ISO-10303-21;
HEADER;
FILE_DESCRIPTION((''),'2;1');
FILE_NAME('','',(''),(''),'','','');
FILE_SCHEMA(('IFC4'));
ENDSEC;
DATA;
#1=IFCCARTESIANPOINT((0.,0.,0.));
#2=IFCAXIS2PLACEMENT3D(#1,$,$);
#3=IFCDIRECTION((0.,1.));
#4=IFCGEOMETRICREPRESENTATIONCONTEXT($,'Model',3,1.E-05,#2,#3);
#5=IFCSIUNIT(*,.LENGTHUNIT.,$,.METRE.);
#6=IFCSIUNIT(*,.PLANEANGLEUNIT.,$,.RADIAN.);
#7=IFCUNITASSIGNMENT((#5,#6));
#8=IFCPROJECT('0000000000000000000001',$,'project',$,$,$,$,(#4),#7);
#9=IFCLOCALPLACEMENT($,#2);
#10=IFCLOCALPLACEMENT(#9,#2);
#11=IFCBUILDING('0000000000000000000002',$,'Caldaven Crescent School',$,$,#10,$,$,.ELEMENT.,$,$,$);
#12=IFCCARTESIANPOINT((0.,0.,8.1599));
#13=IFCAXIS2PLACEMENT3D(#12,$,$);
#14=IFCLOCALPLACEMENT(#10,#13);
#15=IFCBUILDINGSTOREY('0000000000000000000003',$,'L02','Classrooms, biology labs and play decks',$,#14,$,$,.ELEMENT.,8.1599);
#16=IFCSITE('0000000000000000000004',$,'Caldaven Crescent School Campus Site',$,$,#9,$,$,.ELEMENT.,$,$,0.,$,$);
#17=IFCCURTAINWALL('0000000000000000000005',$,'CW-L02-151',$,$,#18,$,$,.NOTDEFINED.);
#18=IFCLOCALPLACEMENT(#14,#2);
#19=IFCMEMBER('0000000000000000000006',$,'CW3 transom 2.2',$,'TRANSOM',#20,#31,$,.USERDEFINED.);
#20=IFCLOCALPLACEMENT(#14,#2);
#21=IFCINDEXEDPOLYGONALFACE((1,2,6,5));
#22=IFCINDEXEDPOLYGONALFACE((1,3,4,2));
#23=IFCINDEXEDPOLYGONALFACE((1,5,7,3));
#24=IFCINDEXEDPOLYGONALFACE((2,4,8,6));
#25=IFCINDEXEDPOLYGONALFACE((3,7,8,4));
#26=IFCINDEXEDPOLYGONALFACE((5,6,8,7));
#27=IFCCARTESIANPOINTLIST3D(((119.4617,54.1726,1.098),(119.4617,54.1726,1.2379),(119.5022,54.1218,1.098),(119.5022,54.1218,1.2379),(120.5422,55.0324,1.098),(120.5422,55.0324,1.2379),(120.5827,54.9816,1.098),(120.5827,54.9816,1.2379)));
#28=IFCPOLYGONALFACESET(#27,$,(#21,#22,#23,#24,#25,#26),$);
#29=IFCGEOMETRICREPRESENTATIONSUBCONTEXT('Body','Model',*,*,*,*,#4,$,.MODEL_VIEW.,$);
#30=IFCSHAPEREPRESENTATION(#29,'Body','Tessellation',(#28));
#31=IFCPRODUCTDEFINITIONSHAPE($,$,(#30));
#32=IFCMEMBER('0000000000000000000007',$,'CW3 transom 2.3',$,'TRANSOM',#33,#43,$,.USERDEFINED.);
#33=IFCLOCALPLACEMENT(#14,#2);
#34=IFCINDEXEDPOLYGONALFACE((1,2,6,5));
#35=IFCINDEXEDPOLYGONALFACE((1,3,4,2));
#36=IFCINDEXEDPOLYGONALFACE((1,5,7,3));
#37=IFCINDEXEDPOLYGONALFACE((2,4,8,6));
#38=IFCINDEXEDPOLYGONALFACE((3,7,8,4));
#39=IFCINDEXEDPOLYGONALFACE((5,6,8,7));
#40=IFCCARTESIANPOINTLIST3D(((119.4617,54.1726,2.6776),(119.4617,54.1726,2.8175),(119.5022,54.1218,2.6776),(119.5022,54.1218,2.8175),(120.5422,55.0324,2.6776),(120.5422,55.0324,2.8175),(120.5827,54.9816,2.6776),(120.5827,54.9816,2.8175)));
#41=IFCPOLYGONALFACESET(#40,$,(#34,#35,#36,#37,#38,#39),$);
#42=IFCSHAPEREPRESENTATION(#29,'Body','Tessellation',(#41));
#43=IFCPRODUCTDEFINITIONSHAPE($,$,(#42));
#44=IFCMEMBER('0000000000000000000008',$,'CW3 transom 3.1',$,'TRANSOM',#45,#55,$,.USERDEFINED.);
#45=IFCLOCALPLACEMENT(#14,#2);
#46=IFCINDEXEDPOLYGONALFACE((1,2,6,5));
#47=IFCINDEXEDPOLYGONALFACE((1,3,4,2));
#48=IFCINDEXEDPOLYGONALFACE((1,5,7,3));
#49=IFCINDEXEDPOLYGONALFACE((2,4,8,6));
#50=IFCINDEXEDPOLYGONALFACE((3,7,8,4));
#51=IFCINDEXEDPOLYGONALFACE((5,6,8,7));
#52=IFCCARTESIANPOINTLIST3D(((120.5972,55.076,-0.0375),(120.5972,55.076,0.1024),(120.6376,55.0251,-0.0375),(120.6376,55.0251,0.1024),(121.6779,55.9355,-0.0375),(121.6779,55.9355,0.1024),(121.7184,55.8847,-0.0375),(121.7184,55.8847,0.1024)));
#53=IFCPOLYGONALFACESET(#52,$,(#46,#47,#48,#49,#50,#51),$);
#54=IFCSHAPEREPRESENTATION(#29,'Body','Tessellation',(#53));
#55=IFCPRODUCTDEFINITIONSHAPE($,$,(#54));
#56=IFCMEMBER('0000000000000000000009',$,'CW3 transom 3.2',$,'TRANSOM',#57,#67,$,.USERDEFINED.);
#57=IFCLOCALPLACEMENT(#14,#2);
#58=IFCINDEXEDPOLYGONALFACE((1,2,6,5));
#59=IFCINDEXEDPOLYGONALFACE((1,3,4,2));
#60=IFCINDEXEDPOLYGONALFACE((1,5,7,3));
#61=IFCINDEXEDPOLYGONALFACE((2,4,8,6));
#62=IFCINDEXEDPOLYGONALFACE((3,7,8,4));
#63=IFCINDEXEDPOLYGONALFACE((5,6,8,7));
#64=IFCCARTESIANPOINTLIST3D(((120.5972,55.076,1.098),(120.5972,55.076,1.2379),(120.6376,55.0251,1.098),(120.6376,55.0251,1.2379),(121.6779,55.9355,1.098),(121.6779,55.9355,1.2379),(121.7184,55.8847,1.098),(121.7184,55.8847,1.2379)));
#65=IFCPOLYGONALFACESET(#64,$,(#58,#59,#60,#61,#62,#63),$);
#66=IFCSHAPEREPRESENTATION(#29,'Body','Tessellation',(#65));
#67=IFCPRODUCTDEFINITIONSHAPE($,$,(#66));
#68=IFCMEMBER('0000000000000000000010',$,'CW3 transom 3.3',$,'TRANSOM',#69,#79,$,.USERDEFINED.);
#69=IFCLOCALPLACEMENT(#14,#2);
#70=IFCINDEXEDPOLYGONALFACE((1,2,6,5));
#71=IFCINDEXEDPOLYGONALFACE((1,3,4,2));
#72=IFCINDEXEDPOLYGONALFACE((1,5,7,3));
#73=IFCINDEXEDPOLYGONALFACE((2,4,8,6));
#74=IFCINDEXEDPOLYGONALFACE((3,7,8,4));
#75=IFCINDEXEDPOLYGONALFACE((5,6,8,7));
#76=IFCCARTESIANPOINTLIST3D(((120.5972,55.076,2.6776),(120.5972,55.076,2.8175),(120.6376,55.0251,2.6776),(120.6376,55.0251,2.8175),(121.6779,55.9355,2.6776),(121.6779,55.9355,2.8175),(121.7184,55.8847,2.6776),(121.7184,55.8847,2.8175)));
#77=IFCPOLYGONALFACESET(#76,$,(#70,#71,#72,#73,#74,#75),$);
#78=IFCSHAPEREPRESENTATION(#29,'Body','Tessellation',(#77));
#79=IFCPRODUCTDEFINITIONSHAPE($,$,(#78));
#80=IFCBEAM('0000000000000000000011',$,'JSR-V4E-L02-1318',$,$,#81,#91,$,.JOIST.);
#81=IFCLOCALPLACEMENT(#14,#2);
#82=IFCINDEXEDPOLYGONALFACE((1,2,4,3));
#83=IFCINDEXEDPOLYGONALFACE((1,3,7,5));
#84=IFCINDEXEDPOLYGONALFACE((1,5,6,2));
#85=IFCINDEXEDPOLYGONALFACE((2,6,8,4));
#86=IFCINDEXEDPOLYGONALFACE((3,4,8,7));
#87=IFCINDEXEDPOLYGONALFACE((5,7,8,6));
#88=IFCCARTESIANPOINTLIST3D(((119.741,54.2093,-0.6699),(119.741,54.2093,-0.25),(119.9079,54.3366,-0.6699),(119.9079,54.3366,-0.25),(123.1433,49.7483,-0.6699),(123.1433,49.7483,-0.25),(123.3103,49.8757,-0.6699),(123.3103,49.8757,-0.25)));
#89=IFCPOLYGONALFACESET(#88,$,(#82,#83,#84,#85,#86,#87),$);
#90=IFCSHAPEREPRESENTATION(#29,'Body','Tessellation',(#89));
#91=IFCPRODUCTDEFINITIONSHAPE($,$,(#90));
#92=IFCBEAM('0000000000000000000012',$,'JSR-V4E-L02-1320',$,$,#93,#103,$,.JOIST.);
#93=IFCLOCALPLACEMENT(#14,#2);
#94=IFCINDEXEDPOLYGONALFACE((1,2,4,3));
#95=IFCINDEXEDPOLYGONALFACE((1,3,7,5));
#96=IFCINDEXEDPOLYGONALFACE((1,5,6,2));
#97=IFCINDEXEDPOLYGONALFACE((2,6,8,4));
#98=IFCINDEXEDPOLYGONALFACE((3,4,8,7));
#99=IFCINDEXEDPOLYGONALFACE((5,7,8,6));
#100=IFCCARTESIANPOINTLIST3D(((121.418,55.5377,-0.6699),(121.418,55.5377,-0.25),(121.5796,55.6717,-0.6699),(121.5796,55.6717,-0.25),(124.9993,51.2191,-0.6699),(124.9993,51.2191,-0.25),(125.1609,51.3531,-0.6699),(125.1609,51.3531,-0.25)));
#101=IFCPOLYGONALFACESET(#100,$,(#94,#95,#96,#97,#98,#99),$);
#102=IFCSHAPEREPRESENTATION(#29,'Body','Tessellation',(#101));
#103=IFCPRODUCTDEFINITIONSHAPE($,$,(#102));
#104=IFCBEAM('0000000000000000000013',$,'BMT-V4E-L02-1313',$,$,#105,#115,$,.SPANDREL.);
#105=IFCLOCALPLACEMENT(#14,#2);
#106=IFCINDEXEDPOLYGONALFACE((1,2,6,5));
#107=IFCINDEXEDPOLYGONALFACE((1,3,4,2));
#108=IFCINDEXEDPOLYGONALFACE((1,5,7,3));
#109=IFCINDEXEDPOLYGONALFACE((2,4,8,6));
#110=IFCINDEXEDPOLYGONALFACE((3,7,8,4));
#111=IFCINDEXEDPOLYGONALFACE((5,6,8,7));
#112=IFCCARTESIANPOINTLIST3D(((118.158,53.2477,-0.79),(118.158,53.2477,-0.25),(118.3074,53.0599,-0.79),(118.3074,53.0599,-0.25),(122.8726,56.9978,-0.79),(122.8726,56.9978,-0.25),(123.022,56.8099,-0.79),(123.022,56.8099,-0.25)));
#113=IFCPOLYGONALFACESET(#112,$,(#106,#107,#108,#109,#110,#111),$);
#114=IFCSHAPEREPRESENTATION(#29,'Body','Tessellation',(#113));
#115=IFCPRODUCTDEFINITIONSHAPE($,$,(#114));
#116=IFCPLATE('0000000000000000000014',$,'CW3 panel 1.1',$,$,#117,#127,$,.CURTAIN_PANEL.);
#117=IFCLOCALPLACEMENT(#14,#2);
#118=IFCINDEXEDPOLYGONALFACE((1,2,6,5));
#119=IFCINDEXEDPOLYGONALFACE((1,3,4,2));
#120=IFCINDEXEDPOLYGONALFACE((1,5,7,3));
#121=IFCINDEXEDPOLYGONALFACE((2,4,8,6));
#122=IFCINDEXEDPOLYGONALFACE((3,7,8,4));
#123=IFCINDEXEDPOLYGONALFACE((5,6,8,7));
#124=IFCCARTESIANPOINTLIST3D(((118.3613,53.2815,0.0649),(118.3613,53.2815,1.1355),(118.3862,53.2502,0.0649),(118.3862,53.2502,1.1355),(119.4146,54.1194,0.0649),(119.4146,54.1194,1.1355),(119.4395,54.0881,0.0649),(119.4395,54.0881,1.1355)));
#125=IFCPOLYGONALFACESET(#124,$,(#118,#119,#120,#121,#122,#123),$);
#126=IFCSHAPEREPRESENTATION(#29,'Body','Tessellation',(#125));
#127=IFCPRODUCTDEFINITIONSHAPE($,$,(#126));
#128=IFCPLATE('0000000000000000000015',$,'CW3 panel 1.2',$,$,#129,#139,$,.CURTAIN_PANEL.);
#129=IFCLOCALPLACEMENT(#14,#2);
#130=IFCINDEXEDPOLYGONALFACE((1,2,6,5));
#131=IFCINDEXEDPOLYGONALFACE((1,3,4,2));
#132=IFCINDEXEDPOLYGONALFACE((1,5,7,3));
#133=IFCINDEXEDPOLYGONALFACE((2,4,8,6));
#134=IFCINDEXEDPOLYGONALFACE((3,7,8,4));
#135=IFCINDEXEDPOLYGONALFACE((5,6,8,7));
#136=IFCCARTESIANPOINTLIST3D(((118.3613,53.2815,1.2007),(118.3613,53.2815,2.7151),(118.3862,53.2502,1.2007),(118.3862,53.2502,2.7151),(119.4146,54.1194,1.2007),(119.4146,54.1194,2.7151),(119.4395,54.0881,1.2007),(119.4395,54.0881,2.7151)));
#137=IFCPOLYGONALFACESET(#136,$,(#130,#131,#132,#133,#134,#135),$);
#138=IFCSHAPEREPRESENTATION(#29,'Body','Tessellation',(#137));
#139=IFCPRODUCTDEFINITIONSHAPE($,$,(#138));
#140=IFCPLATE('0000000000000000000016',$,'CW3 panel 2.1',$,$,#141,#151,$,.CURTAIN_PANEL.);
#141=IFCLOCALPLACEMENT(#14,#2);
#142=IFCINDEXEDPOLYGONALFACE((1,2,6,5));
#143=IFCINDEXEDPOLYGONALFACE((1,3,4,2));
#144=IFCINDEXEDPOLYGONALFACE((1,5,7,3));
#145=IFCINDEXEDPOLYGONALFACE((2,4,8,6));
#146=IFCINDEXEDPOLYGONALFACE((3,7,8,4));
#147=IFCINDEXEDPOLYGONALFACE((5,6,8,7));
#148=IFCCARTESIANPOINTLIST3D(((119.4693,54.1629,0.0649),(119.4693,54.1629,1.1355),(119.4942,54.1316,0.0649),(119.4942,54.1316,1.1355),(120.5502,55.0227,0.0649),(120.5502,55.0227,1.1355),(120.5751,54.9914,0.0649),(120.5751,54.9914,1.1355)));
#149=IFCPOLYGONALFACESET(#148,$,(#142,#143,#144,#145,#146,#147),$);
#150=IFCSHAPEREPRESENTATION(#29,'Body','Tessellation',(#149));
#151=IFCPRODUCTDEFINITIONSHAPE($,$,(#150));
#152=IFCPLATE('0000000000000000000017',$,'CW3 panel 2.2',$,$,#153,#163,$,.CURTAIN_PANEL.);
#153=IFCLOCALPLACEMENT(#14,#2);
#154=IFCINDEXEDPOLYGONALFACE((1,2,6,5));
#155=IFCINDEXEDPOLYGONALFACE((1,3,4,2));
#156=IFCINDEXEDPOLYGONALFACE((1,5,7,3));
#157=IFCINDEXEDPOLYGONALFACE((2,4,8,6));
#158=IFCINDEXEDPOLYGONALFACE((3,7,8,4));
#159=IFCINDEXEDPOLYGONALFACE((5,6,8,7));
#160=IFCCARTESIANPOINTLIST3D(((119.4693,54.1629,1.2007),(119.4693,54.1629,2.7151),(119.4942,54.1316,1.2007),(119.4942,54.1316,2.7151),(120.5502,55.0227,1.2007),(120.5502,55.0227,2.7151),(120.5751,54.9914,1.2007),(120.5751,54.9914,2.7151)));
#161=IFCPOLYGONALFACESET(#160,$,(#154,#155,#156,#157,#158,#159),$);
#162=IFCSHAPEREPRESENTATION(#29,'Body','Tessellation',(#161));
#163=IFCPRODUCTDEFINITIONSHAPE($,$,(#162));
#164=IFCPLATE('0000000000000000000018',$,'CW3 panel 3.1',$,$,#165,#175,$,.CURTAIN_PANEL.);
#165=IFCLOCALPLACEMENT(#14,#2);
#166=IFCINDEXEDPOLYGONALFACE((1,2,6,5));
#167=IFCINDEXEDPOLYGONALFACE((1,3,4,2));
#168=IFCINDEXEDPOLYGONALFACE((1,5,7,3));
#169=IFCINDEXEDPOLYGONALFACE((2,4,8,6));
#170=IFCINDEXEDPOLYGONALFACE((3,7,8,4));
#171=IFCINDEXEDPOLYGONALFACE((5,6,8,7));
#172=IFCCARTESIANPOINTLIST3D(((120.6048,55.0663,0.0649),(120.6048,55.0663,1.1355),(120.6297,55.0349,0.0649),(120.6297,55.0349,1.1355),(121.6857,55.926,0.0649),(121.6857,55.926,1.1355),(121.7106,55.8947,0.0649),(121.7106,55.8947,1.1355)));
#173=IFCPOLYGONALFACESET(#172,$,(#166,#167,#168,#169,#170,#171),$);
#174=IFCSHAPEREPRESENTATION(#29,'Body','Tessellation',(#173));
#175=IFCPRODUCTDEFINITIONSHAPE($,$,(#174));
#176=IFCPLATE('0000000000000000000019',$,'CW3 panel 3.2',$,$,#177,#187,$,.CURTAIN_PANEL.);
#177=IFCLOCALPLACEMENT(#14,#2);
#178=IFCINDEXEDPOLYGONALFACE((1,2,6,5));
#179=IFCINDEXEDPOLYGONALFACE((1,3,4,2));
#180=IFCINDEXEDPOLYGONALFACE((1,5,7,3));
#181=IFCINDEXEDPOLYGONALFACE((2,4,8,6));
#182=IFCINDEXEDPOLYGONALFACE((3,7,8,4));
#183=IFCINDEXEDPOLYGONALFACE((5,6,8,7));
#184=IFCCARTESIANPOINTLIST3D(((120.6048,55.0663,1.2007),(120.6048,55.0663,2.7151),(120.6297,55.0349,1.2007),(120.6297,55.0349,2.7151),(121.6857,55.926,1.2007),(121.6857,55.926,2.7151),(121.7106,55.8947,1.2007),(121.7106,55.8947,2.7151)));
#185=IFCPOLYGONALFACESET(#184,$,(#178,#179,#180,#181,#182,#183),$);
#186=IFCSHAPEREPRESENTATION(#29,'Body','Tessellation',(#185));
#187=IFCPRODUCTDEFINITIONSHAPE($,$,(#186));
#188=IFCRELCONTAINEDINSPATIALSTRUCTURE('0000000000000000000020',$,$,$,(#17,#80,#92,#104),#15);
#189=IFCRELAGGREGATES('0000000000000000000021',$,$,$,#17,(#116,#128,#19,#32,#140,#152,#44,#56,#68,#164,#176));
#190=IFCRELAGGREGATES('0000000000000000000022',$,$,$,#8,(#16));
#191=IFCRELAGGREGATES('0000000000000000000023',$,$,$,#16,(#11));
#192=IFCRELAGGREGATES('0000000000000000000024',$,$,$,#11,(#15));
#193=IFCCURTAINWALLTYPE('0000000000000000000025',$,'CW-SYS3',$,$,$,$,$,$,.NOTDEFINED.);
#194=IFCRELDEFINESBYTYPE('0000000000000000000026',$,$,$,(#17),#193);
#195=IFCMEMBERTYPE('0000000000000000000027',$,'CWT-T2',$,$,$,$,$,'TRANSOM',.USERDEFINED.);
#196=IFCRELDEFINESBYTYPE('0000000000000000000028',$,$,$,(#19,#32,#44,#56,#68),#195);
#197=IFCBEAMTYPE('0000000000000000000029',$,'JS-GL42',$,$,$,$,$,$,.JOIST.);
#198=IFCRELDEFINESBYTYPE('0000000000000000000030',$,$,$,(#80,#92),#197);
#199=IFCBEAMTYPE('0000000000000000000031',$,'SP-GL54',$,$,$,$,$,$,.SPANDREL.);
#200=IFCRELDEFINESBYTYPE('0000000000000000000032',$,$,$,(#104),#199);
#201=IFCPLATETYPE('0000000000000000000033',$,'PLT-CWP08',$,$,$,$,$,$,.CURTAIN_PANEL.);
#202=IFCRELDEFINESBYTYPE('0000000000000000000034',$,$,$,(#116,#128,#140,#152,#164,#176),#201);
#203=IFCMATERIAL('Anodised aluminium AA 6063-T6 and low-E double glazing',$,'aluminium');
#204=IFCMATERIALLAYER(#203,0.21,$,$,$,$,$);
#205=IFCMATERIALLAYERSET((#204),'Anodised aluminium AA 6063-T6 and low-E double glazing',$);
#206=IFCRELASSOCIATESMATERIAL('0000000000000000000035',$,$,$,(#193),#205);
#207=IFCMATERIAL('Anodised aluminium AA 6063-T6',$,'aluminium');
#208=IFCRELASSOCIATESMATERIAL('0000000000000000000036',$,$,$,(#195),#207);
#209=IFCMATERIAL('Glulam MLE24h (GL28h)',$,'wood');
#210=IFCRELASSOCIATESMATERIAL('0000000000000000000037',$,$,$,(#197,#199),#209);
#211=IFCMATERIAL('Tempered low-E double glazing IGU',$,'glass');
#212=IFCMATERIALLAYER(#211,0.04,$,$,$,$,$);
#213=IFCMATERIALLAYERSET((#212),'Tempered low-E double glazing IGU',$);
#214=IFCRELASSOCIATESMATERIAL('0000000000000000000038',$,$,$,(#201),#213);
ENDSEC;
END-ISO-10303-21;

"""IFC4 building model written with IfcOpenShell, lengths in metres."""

from ifc_helpers import new_model, si_unit, direction, frame, origin, origin_2d, place, context, subcontext, project, spatial, rectangle, extrude, material, layer, layer_set, material_profile, profile_set, type_object, element, aggregate, save


model = new_model("IFC4")

# Units and contexts
model_context = context("Model", 3, precision=1e-05, world=origin(), true_north=direction((0.0, 1.0)))
body_context = subcontext(model_context, "Body", "Model", "MODEL_VIEW")
ifc_project = project(units=[si_unit("LENGTHUNIT", "METRE"), si_unit("PLANEANGLEUNIT", "RADIAN")], contexts=[model_context])

# Site, building, storey
site_placement = place(None, origin())
site = spatial("IfcSite", under=ifc_project, at=site_placement, Name="Caldaven Crescent School Campus Site", CompositionType="ELEMENT", RefElevation=0.0)
building_placement = place(site_placement, origin())
building = spatial("IfcBuilding", under=site, at=building_placement, Name="Caldaven Crescent School", CompositionType="ELEMENT")
storey_placement = place(building_placement, frame((0.0, 0.0, 8.1599)))
storey = spatial("IfcBuildingStorey", under=building, at=storey_placement, Name="L02", Description="Classrooms, biology labs and play decks", CompositionType="ELEMENT", Elevation=8.1599)

# Shared definitions
ifc_material_1 = material(Name="Glulam MLE24h (GL28h)", Category="wood")

# Curtain wall, members
ifc_material_2 = material(Name="Anodised aluminium AA 6063-T6 and low-E double glazing", Category="aluminium")
ifc_layer_1 = layer(ifc_material_2, 0.21)
ifc_layer_set_1 = layer_set([ifc_layer_1], Name="Anodised aluminium AA 6063-T6 and low-E double glazing")
curtain_wall_type = type_object("IfcCurtainWallType", Name="CW-SYS3", PredefinedType="NOTDEFINED", material=ifc_layer_set_1)
curtain_wall_placement = place(storey_placement, origin())
curtain_wall = element("IfcCurtainWall", 1, at=curtain_wall_placement, inside=storey, type_object=curtain_wall_type, Name="CW-L02-151", PredefinedType="NOTDEFINED")
ifc_material_3 = material(Name="Anodised aluminium AA 6063-T6", Category="aluminium")
ifc_material_profile_1 = material_profile(ifc_material_3, rectangle(XDim=0.0649, YDim=0.1399, at=origin_2d()), Name="CWT 65x140")
ifc_profile_set_1 = profile_set([ifc_material_profile_1], Name="Anodised aluminium AA 6063-T6")
member_type_1 = type_object("IfcMemberType", Name="CWT-T2", ElementType="TRANSOM", PredefinedType="USERDEFINED", material=ifc_profile_set_1)
member_1_placement = place(storey_placement, frame((119.4819, 54.1472, 1.168), z_axis=(0.782488, 0.622666, 0.0), x_axis=(-0.622666, 0.782488, 0.0)))
member_1 = element("IfcMember", 2, at=member_1_placement, type_object=member_type_1, Name="CW3 transom 2.2", ObjectType="TRANSOM", PredefinedType="USERDEFINED", context=body_context, shape_type="SweptSolid", body=[
    extrude(rectangle(XDim=0.0649, YDim=0.1399, at=origin_2d()), origin(), (0.0, 0.0, 1.0), 1.3809),
])
member_2_placement = place(storey_placement, frame((119.4819, 54.1472, 2.7476), z_axis=(0.782488, 0.622666, 0.0), x_axis=(-0.622666, 0.782488, 0.0)))
member_2 = element("IfcMember", 3, at=member_2_placement, type_object=member_type_1, Name="CW3 transom 2.3", ObjectType="TRANSOM", PredefinedType="USERDEFINED", context=body_context, shape_type="SweptSolid", body=[
    extrude(rectangle(XDim=0.0649, YDim=0.1399, at=origin_2d()), origin(), (0.0, 0.0, 1.0), 1.3809),
])
member_3_placement = place(storey_placement, frame((120.6174, 55.0505, 0.0325), z_axis=(0.782642, 0.622472, 0.0), x_axis=(-0.622472, 0.782642, 0.0)))
member_3 = element("IfcMember", 4, at=member_3_placement, type_object=member_type_1, Name="CW3 transom 3.1", ObjectType="TRANSOM", PredefinedType="USERDEFINED", context=body_context, shape_type="SweptSolid", body=[
    extrude(rectangle(XDim=0.0649, YDim=0.1399, at=origin_2d()), origin(), (0.0, 0.0, 1.0), 1.3809),
])
member_4_placement = place(storey_placement, frame((120.6174, 55.0505, 1.168), z_axis=(0.782642, 0.622472, 0.0), x_axis=(-0.622472, 0.782642, 0.0)))
member_4 = element("IfcMember", 5, at=member_4_placement, type_object=member_type_1, Name="CW3 transom 3.2", ObjectType="TRANSOM", PredefinedType="USERDEFINED", context=body_context, shape_type="SweptSolid", body=[
    extrude(rectangle(XDim=0.0649, YDim=0.1399, at=origin_2d()), origin(), (0.0, 0.0, 1.0), 1.3809),
])
member_5_placement = place(storey_placement, frame((120.6174, 55.0505, 2.7476), z_axis=(0.782642, 0.622472, 0.0), x_axis=(-0.622472, 0.782642, 0.0)))
member_5 = element("IfcMember", 6, at=member_5_placement, type_object=member_type_1, Name="CW3 transom 3.3", ObjectType="TRANSOM", PredefinedType="USERDEFINED", context=body_context, shape_type="SweptSolid", body=[
    extrude(rectangle(XDim=0.0649, YDim=0.1399, at=origin_2d()), origin(), (0.0, 0.0, 1.0), 1.3809),
])

# Beams
ifc_material_profile_2 = material_profile(ifc_material_1, rectangle(XDim=0.21, YDim=0.4199, at=origin_2d()), Name="MLE 210x420")
ifc_profile_set_2 = profile_set([ifc_material_profile_2], Name="Glulam MLE24h (GL28h)")
beam_type_1 = type_object("IfcBeamType", Name="JS-GL42", PredefinedType="JOIST", material=ifc_profile_set_2)
for number, where, z_axis, x_axis, name in (
    (7, (119.8245, 54.2729, -0.46), (0.606442, -0.795128, 0.0), (0.795128, 0.606442, 0.0), "JSR-V4E-L02-1318"),
    (8, (121.4988, 55.6047, -0.46), (0.638338, -0.769756, 0.0), (0.769756, 0.638338, 0.0), "JSR-V4E-L02-1320"),
):
    element("IfcBeam", number, at=place(storey_placement, frame(where, z_axis=z_axis, x_axis=x_axis)), inside=storey, type_object=beam_type_1, Name=name, PredefinedType="JOIST", context=body_context, shape_type="SweptSolid", body=[
        extrude(rectangle(XDim=0.21, YDim=0.4199, at=origin_2d()), origin(), (0.0, 0.0, 1.0), 5.6104),
    ])
ifc_material_profile_3 = material_profile(ifc_material_1, rectangle(XDim=0.24, YDim=0.54, at=origin_2d()), Name="MLE 240x540")
ifc_profile_set_3 = profile_set([ifc_material_profile_3], Name="Glulam MLE24h (GL28h)")
beam_type_2 = type_object("IfcBeamType", Name="SP-GL54", PredefinedType="SPANDREL", material=ifc_profile_set_3)
beam_1_placement = place(storey_placement, frame((118.2327, 53.1538, -0.52), z_axis=(0.782621, 0.622498, 0.0), x_axis=(-0.622498, 0.782621, 0.0)))
element("IfcBeam", 9, at=beam_1_placement, inside=storey, type_object=beam_type_2, Name="BMT-V4E-L02-1313", PredefinedType="SPANDREL", context=body_context, shape_type="SweptSolid", body=[
    extrude(rectangle(XDim=0.24, YDim=0.54, at=origin_2d()), origin(), (0.0, 0.0, 1.0), 6.0242),
])

# Plates
ifc_material_4 = material(Name="Tempered low-E double glazing IGU", Category="glass")
ifc_layer_2 = layer(ifc_material_4, 0.04)
ifc_layer_set_2 = layer_set([ifc_layer_2], Name="Tempered low-E double glazing IGU")
plate_type = type_object("IfcPlateType", Name="PLT-CWP08", PredefinedType="CURTAIN_PANEL", material=ifc_layer_set_2)
plate_1_placement = place(storey_placement, frame((118.9004, 53.6848, 0.0649), z_axis=(0.0, 0.0, 1.0), x_axis=(0.782608, 0.622515, 0.0)))
plate_1 = element("IfcPlate", 10, at=plate_1_placement, type_object=plate_type, Name="CW3 panel 1.1", PredefinedType="CURTAIN_PANEL", context=body_context, shape_type="SweptSolid", body=[
    extrude(rectangle(XDim=1.3459, YDim=0.04, at=origin_2d()), origin(), (0.0, 0.0, 1.0), 1.0706),
])
plate_2_placement = place(storey_placement, frame((118.9004, 53.6848, 1.2007), z_axis=(0.0, 0.0, 1.0), x_axis=(0.782608, 0.622515, 0.0)))
plate_2 = element("IfcPlate", 11, at=plate_2_placement, type_object=plate_type, Name="CW3 panel 1.2", PredefinedType="CURTAIN_PANEL", context=body_context, shape_type="SweptSolid", body=[
    extrude(rectangle(XDim=1.3459, YDim=0.04, at=origin_2d()), origin(), (0.0, 0.0, 1.0), 1.5144),
])
plate_3_placement = place(storey_placement, frame((120.0222, 54.5771, 0.0649), z_axis=(0.0, 0.0, 1.0), x_axis=(0.782608, 0.622515, 0.0)))
plate_3 = element("IfcPlate", 12, at=plate_3_placement, type_object=plate_type, Name="CW3 panel 2.1", PredefinedType="CURTAIN_PANEL", context=body_context, shape_type="SweptSolid", body=[
    extrude(rectangle(XDim=1.3811, YDim=0.04, at=origin_2d()), origin(), (0.0, 0.0, 1.0), 1.0706),
])
plate_4_placement = place(storey_placement, frame((120.0222, 54.5771, 1.2007), z_axis=(0.0, 0.0, 1.0), x_axis=(0.782608, 0.622515, 0.0)))
plate_4 = element("IfcPlate", 13, at=plate_4_placement, type_object=plate_type, Name="CW3 panel 2.2", PredefinedType="CURTAIN_PANEL", context=body_context, shape_type="SweptSolid", body=[
    extrude(rectangle(XDim=1.3811, YDim=0.04, at=origin_2d()), origin(), (0.0, 0.0, 1.0), 1.5144),
])
plate_5_placement = place(storey_placement, frame((121.1577, 55.4805, 0.0649), z_axis=(0.0, 0.0, 1.0), x_axis=(0.782608, 0.622515, 0.0)))
plate_5 = element("IfcPlate", 14, at=plate_5_placement, type_object=plate_type, Name="CW3 panel 3.1", PredefinedType="CURTAIN_PANEL", context=body_context, shape_type="SweptSolid", body=[
    extrude(rectangle(XDim=1.3811, YDim=0.04, at=origin_2d()), origin(), (0.0, 0.0, 1.0), 1.0706),
])
plate_6_placement = place(storey_placement, frame((121.1577, 55.4805, 1.2007), z_axis=(0.0, 0.0, 1.0), x_axis=(0.782608, 0.622515, 0.0)))
plate_6 = element("IfcPlate", 15, at=plate_6_placement, type_object=plate_type, Name="CW3 panel 3.2", PredefinedType="CURTAIN_PANEL", context=body_context, shape_type="SweptSolid", body=[
    extrude(rectangle(XDim=1.3811, YDim=0.04, at=origin_2d()), origin(), (0.0, 0.0, 1.0), 1.5144),
])
aggregate(curtain_wall, [plate_1, plate_2, member_1, member_2, plate_3, plate_4, member_3, member_4, member_5, plate_5, plate_6])

save(model, "model.ifc")
